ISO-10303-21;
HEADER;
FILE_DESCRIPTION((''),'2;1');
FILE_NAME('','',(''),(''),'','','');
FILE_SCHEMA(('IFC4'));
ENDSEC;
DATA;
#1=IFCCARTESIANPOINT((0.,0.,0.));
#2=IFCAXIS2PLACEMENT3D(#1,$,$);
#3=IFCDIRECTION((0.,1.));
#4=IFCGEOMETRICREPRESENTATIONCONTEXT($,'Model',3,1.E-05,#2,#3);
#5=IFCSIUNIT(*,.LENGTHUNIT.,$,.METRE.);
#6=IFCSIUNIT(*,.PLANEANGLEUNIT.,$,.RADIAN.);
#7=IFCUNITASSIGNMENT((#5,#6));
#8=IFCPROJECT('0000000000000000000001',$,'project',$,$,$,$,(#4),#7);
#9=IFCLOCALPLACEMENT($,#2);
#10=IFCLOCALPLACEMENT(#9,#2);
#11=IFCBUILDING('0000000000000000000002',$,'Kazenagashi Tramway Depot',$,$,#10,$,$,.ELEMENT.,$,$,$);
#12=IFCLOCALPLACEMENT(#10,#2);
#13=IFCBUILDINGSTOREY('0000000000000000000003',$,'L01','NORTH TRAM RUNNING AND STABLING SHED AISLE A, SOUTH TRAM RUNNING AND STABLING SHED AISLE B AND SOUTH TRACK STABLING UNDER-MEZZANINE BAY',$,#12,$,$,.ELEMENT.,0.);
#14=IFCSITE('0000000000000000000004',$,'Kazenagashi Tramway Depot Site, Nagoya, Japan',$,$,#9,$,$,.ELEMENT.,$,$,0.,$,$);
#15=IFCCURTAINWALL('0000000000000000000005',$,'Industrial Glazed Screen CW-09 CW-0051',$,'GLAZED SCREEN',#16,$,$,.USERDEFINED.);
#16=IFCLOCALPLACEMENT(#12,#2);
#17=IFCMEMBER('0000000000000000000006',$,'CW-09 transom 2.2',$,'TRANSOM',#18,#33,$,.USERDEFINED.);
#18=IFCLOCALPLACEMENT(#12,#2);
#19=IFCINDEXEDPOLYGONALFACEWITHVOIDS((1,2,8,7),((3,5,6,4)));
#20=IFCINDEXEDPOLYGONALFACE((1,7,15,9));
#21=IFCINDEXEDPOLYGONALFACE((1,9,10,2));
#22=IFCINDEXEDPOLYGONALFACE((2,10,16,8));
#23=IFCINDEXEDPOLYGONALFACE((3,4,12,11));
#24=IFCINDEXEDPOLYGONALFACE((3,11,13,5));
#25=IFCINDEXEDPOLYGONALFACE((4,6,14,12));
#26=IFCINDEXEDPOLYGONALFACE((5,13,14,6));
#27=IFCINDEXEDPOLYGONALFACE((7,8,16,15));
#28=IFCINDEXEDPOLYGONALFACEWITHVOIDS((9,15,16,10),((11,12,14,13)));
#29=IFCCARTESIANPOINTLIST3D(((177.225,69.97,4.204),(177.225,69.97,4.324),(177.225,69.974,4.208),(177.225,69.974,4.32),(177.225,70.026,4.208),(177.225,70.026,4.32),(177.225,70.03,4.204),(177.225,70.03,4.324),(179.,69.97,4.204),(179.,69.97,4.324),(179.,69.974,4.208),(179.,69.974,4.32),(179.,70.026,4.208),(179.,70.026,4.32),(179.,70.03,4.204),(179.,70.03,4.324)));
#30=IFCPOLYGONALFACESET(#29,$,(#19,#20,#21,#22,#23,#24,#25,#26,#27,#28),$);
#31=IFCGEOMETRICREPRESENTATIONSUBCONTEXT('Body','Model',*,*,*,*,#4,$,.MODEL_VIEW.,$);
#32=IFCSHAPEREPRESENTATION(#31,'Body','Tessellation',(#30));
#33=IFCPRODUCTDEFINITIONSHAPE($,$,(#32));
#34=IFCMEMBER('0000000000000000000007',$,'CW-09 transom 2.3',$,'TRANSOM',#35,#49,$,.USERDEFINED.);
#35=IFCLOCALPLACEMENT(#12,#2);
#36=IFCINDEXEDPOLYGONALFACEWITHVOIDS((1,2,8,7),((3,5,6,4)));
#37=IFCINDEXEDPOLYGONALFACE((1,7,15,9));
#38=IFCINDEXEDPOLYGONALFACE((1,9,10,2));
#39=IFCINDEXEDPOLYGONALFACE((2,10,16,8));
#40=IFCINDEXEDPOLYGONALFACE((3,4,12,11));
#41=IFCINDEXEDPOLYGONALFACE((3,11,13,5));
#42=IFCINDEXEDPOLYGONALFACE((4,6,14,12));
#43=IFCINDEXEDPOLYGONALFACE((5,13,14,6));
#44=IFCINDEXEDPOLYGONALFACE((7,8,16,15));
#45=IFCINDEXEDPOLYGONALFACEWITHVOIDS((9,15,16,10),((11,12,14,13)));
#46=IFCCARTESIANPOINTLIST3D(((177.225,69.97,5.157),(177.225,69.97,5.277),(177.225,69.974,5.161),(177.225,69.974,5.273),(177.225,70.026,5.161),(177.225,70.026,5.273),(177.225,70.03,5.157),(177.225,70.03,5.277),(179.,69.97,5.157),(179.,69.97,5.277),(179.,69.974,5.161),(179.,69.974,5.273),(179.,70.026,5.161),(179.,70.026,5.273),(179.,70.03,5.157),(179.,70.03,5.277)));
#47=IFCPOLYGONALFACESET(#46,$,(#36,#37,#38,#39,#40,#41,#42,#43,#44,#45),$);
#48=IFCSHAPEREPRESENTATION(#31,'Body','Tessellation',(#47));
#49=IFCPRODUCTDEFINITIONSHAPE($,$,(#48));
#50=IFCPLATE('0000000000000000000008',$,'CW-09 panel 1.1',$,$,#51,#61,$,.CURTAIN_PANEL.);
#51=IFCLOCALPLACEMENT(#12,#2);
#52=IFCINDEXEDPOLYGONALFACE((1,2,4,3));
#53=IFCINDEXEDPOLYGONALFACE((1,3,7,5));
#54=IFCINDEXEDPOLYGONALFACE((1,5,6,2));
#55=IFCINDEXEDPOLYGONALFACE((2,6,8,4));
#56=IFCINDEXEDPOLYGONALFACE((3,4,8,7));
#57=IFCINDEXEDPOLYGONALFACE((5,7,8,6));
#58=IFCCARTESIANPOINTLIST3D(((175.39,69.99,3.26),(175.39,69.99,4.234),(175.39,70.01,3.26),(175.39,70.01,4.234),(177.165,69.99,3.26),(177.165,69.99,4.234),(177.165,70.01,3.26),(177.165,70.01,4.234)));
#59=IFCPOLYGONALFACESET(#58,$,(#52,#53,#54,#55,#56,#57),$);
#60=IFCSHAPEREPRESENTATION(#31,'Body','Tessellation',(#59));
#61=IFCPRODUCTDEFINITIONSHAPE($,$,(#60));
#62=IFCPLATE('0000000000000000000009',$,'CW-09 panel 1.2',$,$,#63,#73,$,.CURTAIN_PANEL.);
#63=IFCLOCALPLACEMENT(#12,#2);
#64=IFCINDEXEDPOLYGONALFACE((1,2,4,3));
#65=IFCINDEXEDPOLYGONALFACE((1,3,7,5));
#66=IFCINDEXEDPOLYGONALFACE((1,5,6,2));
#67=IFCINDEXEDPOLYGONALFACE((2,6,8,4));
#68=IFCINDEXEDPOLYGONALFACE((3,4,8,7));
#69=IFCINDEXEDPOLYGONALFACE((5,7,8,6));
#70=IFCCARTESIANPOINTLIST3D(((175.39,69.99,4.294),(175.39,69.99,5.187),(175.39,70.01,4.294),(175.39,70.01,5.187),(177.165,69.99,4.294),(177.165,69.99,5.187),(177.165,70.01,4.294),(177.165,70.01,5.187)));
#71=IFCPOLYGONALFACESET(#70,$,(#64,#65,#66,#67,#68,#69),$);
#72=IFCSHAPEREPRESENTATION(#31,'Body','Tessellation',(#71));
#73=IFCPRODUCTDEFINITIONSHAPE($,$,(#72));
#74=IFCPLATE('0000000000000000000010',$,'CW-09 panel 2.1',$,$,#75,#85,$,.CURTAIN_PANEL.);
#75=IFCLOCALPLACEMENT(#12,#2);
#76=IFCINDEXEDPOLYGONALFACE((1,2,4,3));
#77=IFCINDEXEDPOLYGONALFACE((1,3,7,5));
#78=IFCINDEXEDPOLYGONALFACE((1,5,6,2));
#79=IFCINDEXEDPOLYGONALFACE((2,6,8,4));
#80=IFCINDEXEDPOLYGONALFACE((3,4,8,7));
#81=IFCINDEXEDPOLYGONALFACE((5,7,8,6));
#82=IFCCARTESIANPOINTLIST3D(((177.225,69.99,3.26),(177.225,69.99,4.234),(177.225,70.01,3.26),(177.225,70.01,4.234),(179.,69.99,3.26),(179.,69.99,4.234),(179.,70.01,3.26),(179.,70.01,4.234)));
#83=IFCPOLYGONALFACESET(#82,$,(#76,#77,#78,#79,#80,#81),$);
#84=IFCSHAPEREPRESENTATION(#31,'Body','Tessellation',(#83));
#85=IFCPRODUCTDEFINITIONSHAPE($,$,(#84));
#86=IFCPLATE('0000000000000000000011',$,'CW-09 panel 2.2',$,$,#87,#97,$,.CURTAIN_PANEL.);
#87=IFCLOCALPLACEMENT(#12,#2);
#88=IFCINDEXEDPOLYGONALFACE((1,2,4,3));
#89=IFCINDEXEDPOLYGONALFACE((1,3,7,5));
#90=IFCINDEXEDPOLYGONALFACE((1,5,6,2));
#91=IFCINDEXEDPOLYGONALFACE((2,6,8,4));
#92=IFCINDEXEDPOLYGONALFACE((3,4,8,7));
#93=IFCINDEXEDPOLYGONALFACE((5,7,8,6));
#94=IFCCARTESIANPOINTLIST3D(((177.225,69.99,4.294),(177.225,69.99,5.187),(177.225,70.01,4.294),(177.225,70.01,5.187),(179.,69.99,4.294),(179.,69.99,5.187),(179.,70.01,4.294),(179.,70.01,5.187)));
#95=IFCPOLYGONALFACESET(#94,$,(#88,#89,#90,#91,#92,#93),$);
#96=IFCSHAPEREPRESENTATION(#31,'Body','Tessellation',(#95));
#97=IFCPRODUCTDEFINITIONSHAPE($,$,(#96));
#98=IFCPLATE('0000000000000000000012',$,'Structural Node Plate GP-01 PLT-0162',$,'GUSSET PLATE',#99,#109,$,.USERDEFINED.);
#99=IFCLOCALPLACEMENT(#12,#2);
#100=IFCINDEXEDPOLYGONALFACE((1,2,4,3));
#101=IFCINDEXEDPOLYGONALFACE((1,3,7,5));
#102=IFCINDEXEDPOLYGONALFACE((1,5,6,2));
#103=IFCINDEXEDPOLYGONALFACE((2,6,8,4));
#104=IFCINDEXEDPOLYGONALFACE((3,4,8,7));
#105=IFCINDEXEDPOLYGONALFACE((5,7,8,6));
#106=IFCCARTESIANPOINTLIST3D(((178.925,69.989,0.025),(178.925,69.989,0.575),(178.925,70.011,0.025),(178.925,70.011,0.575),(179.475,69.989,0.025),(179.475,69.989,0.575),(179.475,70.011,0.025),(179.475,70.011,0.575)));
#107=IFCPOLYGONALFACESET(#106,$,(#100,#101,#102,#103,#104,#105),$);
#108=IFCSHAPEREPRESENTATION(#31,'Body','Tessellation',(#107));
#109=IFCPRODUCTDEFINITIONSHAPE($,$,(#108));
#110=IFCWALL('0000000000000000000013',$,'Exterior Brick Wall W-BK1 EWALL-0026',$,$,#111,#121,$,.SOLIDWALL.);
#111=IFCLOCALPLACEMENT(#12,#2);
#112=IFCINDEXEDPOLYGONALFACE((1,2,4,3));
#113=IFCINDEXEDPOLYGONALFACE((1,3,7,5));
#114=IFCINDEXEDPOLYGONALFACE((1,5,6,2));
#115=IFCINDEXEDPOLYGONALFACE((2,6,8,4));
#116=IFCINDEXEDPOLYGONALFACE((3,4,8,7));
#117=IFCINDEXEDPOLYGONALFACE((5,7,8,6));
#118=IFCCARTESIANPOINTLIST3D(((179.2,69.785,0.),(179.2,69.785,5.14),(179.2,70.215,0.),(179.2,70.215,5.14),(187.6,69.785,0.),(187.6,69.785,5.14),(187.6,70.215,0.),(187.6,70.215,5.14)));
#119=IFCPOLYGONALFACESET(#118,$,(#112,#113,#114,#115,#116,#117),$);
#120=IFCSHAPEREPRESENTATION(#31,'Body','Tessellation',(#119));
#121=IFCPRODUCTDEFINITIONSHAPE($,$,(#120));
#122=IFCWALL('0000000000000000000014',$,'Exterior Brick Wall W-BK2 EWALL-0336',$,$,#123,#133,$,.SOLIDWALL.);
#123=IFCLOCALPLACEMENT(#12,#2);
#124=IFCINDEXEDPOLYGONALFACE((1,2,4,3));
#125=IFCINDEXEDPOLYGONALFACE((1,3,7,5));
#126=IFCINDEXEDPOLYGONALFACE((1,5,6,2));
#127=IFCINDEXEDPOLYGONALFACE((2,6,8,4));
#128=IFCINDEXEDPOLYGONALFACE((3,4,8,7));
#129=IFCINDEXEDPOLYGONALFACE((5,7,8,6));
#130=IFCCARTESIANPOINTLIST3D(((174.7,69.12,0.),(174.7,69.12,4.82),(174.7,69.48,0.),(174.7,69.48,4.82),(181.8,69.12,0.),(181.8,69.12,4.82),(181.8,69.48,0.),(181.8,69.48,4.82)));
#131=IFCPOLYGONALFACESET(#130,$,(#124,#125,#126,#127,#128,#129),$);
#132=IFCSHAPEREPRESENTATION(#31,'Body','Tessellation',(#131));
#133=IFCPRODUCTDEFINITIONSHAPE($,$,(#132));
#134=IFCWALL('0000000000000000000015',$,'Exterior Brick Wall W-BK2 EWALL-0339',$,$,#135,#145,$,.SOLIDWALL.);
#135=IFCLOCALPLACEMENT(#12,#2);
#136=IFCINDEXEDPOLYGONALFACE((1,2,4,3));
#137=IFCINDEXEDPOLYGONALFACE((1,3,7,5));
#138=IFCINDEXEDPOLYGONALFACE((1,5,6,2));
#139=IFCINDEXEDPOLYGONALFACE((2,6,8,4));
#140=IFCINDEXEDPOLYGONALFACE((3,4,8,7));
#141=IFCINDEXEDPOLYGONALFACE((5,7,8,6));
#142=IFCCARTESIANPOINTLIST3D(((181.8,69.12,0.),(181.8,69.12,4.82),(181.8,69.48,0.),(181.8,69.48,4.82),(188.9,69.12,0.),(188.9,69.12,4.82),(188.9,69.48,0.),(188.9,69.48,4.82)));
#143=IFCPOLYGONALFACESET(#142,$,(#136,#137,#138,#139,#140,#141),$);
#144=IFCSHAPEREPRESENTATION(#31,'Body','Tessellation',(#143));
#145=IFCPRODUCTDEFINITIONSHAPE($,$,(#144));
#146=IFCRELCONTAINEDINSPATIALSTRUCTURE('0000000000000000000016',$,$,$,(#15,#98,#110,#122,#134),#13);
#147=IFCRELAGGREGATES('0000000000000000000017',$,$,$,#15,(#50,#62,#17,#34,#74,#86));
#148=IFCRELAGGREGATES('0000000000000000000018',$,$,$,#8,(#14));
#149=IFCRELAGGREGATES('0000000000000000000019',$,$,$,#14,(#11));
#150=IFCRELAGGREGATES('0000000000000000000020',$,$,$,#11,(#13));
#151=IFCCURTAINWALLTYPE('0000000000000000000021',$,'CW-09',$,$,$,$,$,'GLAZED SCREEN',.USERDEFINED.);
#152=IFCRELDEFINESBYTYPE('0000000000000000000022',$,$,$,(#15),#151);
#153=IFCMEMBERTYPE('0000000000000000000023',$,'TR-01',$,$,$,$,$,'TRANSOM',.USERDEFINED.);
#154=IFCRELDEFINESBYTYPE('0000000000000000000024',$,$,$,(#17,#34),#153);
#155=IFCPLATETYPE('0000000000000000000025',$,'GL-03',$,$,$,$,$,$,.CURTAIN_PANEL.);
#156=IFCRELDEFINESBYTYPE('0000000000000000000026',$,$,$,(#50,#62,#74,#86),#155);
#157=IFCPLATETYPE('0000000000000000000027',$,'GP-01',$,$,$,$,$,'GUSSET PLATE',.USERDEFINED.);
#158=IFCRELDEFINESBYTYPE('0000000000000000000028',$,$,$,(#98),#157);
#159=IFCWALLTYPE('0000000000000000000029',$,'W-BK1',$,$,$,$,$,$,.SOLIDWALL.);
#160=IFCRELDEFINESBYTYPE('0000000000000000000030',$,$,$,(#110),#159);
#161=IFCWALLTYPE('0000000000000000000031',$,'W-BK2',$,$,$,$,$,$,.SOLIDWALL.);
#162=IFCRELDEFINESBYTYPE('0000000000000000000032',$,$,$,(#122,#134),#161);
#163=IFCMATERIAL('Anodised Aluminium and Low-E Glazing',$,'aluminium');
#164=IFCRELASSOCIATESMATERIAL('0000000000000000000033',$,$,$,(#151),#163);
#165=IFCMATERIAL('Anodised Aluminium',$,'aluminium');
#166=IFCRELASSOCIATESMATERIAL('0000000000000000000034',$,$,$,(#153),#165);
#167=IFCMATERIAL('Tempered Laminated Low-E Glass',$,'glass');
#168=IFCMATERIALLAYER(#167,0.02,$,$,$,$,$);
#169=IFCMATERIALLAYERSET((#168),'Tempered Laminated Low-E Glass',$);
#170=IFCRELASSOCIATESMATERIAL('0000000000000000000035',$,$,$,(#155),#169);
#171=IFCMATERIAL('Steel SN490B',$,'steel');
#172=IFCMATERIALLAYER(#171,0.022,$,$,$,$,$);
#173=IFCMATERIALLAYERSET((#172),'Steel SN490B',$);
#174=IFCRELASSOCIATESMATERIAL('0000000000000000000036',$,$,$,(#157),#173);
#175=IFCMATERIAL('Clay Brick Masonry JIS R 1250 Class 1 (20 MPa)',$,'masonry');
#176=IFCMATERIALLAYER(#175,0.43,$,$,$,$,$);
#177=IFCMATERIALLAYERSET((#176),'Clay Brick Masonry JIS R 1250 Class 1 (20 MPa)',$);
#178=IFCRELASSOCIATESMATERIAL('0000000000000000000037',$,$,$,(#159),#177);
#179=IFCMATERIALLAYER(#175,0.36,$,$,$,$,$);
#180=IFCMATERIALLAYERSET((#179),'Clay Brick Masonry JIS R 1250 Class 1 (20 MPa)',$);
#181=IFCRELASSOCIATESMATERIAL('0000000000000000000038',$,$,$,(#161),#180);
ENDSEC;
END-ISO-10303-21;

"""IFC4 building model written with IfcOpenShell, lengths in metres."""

from ifc_helpers import new_model, si_unit, direction, frame, frame_2d, origin, origin_2d, place, context, subcontext, project, spatial, rectangle, hollow_rectangle, extrude, material, layer, layer_set, material_profile, profile_set, type_object, element, aggregate, save


model = new_model("IFC4")

# Units and contexts
model_context = context("Model", 3, precision=1e-05, world=origin(), true_north=direction((0.0, 1.0)))
body_context = subcontext(model_context, "Body", "Model", "MODEL_VIEW")
ifc_project = project(units=[si_unit("LENGTHUNIT", "METRE"), si_unit("PLANEANGLEUNIT", "RADIAN")], contexts=[model_context])

# Site, building, storey
site_placement = place(None, origin())
site = spatial("IfcSite", under=ifc_project, at=site_placement, Name="Kazenagashi Tramway Depot Site, Nagoya, Japan", CompositionType="ELEMENT", RefElevation=0.0)
building_placement = place(site_placement, origin())
building = spatial("IfcBuilding", under=site, at=building_placement, Name="Kazenagashi Tramway Depot", CompositionType="ELEMENT")
storey_placement = place(building_placement, origin())
storey = spatial("IfcBuildingStorey", under=building, at=storey_placement, Name="L01", Description="NORTH TRAM RUNNING AND STABLING SHED AISLE A, SOUTH TRAM RUNNING AND STABLING SHED AISLE B AND SOUTH TRACK STABLING UNDER-MEZZANINE BAY", CompositionType="ELEMENT", Elevation=0.0)

# Shared definitions
ifc_material_1 = material(Name="Steel SN490B", Category="steel")

# Shared definitions
ifc_material_2 = material(Name="Anodised Aluminium and Low-E Glazing", Category="aluminium")
ifc_material_3 = material(Name="Anodised Aluminium", Category="aluminium")

# Curtain wall, members, plates
curtain_wall_type_1 = type_object("IfcCurtainWallType", Name="CW-09", ElementType="GLAZED SCREEN", PredefinedType="USERDEFINED", material=ifc_material_2)
curtain_wall_1_placement = place(storey_placement, origin())
curtain_wall_1 = element("IfcCurtainWall", 1, at=curtain_wall_1_placement, inside=storey, type_object=curtain_wall_type_1, Name="Industrial Glazed Screen CW-09 CW-0051", ObjectType="GLAZED SCREEN", PredefinedType="USERDEFINED")
ifc_material_profile_1 = material_profile(ifc_material_3, hollow_rectangle(XDim=0.06, YDim=0.12, WallThickness=0.004, at=origin_2d()), Name="RHS-120x60x4")
ifc_profile_set_1 = profile_set([ifc_material_profile_1], Name="Anodised Aluminium")
member_type_1 = type_object("IfcMemberType", Name="TR-01", ElementType="TRANSOM", PredefinedType="USERDEFINED", material=ifc_profile_set_1)
member_1_placement = place(storey_placement, frame((177.225, 70.0, 4.264), z_axis=(1.0, 0.0, 0.0), x_axis=(0.0, 1.0, 0.0)))
member_1 = element("IfcMember", 2, at=member_1_placement, type_object=member_type_1, Name="CW-09 transom 2.2", ObjectType="TRANSOM", PredefinedType="USERDEFINED", context=body_context, shape_type="SweptSolid", body=[
    extrude(hollow_rectangle(XDim=0.06, YDim=0.12, WallThickness=0.004, at=origin_2d()), origin(), (0.0, 0.0, 1.0), 1.775),
])
member_2_placement = place(storey_placement, frame((177.225, 70.0, 5.217), z_axis=(1.0, 0.0, 0.0), x_axis=(0.0, 1.0, 0.0)))
member_2 = element("IfcMember", 3, at=member_2_placement, type_object=member_type_1, Name="CW-09 transom 2.3", ObjectType="TRANSOM", PredefinedType="USERDEFINED", context=body_context, shape_type="SweptSolid", body=[
    extrude(hollow_rectangle(XDim=0.06, YDim=0.12, WallThickness=0.004, at=origin_2d()), origin(), (0.0, 0.0, 1.0), 1.775),
])
ifc_material_4 = material(Name="Tempered Laminated Low-E Glass", Category="glass")
ifc_layer_1 = layer(ifc_material_4, 0.02)
ifc_layer_set_1 = layer_set([ifc_layer_1], Name="Tempered Laminated Low-E Glass")
plate_type_1 = type_object("IfcPlateType", Name="GL-03", PredefinedType="CURTAIN_PANEL", material=ifc_layer_set_1)
plate_1_placement = place(storey_placement, frame((176.2775, 70.0, 3.26), z_axis=(0.0, 0.0, 1.0), x_axis=(1.0, 0.0, 0.0)))
plate_1 = element("IfcPlate", 4, at=plate_1_placement, type_object=plate_type_1, Name="CW-09 panel 1.1", PredefinedType="CURTAIN_PANEL", context=body_context, shape_type="SweptSolid", body=[
    extrude(rectangle(XDim=1.775, YDim=0.02, at=origin_2d()), origin(), (0.0, 0.0, 1.0), 0.974),
])
plate_2_placement = place(storey_placement, frame((176.2775, 70.0, 4.294), z_axis=(0.0, 0.0, 1.0), x_axis=(1.0, 0.0, 0.0)))
plate_2 = element("IfcPlate", 5, at=plate_2_placement, type_object=plate_type_1, Name="CW-09 panel 1.2", PredefinedType="CURTAIN_PANEL", context=body_context, shape_type="SweptSolid", body=[
    extrude(rectangle(XDim=1.775, YDim=0.02, at=origin_2d()), origin(), (0.0, 0.0, 1.0), 0.893),
])
plate_3_placement = place(storey_placement, frame((178.1125, 70.0, 3.26), z_axis=(0.0, 0.0, 1.0), x_axis=(1.0, 0.0, 0.0)))
plate_3 = element("IfcPlate", 6, at=plate_3_placement, type_object=plate_type_1, Name="CW-09 panel 2.1", PredefinedType="CURTAIN_PANEL", context=body_context, shape_type="SweptSolid", body=[
    extrude(rectangle(XDim=1.775, YDim=0.02, at=origin_2d()), origin(), (0.0, 0.0, 1.0), 0.974),
])
plate_4_placement = place(storey_placement, frame((178.1125, 70.0, 4.294), z_axis=(0.0, 0.0, 1.0), x_axis=(1.0, 0.0, 0.0)))
plate_4 = element("IfcPlate", 7, at=plate_4_placement, type_object=plate_type_1, Name="CW-09 panel 2.2", PredefinedType="CURTAIN_PANEL", context=body_context, shape_type="SweptSolid", body=[
    extrude(rectangle(XDim=1.775, YDim=0.02, at=origin_2d()), origin(), (0.0, 0.0, 1.0), 0.893),
])
aggregate(curtain_wall_1, [plate_1, plate_2, member_1, member_2, plate_3, plate_4])

# Plate
ifc_layer_2 = layer(ifc_material_1, 0.022)
ifc_layer_set_2 = layer_set([ifc_layer_2], Name="Steel SN490B")
plate_type_2 = type_object("IfcPlateType", Name="GP-01", ElementType="GUSSET PLATE", PredefinedType="USERDEFINED", material=ifc_layer_set_2)
plate_5_placement = place(storey_placement, frame((179.2, 70.0, 0.025), z_axis=(0.0, 0.0, 1.0), x_axis=(1.0, 0.0, 0.0)))
element("IfcPlate", 8, at=plate_5_placement, inside=storey, type_object=plate_type_2, Name="Structural Node Plate GP-01 PLT-0162", ObjectType="GUSSET PLATE", PredefinedType="USERDEFINED", context=body_context, shape_type="SweptSolid", body=[
    extrude(rectangle(XDim=0.55, YDim=0.022, at=origin_2d()), origin(), (0.0, 0.0, 1.0), 0.55),
])

# Walls
ifc_material_5 = material(Name="Clay Brick Masonry JIS R 1250 Class 1 (20 MPa)", Category="masonry")
ifc_layer_3 = layer(ifc_material_5, 0.43)
ifc_layer_set_3 = layer_set([ifc_layer_3], Name="Clay Brick Masonry JIS R 1250 Class 1 (20 MPa)")
wall_type_1 = type_object("IfcWallType", Name="W-BK1", PredefinedType="SOLIDWALL", material=ifc_layer_set_3)
wall_placement = place(storey_placement, frame((179.2, 70.0, 0.0), z_axis=(0.0, 0.0, 1.0), x_axis=(1.0, 0.0, 0.0)))
element("IfcWall", 9, at=wall_placement, inside=storey, type_object=wall_type_1, Name="Exterior Brick Wall W-BK1 EWALL-0026", PredefinedType="SOLIDWALL", context=body_context, shape_type="SweptSolid", body=[
    extrude(rectangle(XDim=8.4, YDim=0.43, at=frame_2d((4.2, 0.0))), origin(), (0.0, 0.0, 1.0), 5.14),
])
ifc_layer_4 = layer(ifc_material_5, 0.36)
ifc_layer_set_4 = layer_set([ifc_layer_4], Name="Clay Brick Masonry JIS R 1250 Class 1 (20 MPa)")
wall_type_2 = type_object("IfcWallType", Name="W-BK2", PredefinedType="SOLIDWALL", material=ifc_layer_set_4)
for number, where, z_axis, x_axis, name in (
    (10, (174.7, 69.3, 0.0), (0.0, 0.0, 1.0), (1.0, 0.0, 0.0), "Exterior Brick Wall W-BK2 EWALL-0336"),
    (11, (181.8, 69.3, 0.0), (0.0, 0.0, 1.0), (1.0, 0.0, 0.0), "Exterior Brick Wall W-BK2 EWALL-0339"),
):
    element("IfcWall", number, at=place(storey_placement, frame(where, z_axis=z_axis, x_axis=x_axis)), inside=storey, type_object=wall_type_2, Name=name, PredefinedType="SOLIDWALL", context=body_context, shape_type="SweptSolid", body=[
        extrude(rectangle(XDim=7.1, YDim=0.36, at=frame_2d((3.55, 0.0))), origin(), (0.0, 0.0, 1.0), 4.82),
    ])

save(model, "model.ifc")
